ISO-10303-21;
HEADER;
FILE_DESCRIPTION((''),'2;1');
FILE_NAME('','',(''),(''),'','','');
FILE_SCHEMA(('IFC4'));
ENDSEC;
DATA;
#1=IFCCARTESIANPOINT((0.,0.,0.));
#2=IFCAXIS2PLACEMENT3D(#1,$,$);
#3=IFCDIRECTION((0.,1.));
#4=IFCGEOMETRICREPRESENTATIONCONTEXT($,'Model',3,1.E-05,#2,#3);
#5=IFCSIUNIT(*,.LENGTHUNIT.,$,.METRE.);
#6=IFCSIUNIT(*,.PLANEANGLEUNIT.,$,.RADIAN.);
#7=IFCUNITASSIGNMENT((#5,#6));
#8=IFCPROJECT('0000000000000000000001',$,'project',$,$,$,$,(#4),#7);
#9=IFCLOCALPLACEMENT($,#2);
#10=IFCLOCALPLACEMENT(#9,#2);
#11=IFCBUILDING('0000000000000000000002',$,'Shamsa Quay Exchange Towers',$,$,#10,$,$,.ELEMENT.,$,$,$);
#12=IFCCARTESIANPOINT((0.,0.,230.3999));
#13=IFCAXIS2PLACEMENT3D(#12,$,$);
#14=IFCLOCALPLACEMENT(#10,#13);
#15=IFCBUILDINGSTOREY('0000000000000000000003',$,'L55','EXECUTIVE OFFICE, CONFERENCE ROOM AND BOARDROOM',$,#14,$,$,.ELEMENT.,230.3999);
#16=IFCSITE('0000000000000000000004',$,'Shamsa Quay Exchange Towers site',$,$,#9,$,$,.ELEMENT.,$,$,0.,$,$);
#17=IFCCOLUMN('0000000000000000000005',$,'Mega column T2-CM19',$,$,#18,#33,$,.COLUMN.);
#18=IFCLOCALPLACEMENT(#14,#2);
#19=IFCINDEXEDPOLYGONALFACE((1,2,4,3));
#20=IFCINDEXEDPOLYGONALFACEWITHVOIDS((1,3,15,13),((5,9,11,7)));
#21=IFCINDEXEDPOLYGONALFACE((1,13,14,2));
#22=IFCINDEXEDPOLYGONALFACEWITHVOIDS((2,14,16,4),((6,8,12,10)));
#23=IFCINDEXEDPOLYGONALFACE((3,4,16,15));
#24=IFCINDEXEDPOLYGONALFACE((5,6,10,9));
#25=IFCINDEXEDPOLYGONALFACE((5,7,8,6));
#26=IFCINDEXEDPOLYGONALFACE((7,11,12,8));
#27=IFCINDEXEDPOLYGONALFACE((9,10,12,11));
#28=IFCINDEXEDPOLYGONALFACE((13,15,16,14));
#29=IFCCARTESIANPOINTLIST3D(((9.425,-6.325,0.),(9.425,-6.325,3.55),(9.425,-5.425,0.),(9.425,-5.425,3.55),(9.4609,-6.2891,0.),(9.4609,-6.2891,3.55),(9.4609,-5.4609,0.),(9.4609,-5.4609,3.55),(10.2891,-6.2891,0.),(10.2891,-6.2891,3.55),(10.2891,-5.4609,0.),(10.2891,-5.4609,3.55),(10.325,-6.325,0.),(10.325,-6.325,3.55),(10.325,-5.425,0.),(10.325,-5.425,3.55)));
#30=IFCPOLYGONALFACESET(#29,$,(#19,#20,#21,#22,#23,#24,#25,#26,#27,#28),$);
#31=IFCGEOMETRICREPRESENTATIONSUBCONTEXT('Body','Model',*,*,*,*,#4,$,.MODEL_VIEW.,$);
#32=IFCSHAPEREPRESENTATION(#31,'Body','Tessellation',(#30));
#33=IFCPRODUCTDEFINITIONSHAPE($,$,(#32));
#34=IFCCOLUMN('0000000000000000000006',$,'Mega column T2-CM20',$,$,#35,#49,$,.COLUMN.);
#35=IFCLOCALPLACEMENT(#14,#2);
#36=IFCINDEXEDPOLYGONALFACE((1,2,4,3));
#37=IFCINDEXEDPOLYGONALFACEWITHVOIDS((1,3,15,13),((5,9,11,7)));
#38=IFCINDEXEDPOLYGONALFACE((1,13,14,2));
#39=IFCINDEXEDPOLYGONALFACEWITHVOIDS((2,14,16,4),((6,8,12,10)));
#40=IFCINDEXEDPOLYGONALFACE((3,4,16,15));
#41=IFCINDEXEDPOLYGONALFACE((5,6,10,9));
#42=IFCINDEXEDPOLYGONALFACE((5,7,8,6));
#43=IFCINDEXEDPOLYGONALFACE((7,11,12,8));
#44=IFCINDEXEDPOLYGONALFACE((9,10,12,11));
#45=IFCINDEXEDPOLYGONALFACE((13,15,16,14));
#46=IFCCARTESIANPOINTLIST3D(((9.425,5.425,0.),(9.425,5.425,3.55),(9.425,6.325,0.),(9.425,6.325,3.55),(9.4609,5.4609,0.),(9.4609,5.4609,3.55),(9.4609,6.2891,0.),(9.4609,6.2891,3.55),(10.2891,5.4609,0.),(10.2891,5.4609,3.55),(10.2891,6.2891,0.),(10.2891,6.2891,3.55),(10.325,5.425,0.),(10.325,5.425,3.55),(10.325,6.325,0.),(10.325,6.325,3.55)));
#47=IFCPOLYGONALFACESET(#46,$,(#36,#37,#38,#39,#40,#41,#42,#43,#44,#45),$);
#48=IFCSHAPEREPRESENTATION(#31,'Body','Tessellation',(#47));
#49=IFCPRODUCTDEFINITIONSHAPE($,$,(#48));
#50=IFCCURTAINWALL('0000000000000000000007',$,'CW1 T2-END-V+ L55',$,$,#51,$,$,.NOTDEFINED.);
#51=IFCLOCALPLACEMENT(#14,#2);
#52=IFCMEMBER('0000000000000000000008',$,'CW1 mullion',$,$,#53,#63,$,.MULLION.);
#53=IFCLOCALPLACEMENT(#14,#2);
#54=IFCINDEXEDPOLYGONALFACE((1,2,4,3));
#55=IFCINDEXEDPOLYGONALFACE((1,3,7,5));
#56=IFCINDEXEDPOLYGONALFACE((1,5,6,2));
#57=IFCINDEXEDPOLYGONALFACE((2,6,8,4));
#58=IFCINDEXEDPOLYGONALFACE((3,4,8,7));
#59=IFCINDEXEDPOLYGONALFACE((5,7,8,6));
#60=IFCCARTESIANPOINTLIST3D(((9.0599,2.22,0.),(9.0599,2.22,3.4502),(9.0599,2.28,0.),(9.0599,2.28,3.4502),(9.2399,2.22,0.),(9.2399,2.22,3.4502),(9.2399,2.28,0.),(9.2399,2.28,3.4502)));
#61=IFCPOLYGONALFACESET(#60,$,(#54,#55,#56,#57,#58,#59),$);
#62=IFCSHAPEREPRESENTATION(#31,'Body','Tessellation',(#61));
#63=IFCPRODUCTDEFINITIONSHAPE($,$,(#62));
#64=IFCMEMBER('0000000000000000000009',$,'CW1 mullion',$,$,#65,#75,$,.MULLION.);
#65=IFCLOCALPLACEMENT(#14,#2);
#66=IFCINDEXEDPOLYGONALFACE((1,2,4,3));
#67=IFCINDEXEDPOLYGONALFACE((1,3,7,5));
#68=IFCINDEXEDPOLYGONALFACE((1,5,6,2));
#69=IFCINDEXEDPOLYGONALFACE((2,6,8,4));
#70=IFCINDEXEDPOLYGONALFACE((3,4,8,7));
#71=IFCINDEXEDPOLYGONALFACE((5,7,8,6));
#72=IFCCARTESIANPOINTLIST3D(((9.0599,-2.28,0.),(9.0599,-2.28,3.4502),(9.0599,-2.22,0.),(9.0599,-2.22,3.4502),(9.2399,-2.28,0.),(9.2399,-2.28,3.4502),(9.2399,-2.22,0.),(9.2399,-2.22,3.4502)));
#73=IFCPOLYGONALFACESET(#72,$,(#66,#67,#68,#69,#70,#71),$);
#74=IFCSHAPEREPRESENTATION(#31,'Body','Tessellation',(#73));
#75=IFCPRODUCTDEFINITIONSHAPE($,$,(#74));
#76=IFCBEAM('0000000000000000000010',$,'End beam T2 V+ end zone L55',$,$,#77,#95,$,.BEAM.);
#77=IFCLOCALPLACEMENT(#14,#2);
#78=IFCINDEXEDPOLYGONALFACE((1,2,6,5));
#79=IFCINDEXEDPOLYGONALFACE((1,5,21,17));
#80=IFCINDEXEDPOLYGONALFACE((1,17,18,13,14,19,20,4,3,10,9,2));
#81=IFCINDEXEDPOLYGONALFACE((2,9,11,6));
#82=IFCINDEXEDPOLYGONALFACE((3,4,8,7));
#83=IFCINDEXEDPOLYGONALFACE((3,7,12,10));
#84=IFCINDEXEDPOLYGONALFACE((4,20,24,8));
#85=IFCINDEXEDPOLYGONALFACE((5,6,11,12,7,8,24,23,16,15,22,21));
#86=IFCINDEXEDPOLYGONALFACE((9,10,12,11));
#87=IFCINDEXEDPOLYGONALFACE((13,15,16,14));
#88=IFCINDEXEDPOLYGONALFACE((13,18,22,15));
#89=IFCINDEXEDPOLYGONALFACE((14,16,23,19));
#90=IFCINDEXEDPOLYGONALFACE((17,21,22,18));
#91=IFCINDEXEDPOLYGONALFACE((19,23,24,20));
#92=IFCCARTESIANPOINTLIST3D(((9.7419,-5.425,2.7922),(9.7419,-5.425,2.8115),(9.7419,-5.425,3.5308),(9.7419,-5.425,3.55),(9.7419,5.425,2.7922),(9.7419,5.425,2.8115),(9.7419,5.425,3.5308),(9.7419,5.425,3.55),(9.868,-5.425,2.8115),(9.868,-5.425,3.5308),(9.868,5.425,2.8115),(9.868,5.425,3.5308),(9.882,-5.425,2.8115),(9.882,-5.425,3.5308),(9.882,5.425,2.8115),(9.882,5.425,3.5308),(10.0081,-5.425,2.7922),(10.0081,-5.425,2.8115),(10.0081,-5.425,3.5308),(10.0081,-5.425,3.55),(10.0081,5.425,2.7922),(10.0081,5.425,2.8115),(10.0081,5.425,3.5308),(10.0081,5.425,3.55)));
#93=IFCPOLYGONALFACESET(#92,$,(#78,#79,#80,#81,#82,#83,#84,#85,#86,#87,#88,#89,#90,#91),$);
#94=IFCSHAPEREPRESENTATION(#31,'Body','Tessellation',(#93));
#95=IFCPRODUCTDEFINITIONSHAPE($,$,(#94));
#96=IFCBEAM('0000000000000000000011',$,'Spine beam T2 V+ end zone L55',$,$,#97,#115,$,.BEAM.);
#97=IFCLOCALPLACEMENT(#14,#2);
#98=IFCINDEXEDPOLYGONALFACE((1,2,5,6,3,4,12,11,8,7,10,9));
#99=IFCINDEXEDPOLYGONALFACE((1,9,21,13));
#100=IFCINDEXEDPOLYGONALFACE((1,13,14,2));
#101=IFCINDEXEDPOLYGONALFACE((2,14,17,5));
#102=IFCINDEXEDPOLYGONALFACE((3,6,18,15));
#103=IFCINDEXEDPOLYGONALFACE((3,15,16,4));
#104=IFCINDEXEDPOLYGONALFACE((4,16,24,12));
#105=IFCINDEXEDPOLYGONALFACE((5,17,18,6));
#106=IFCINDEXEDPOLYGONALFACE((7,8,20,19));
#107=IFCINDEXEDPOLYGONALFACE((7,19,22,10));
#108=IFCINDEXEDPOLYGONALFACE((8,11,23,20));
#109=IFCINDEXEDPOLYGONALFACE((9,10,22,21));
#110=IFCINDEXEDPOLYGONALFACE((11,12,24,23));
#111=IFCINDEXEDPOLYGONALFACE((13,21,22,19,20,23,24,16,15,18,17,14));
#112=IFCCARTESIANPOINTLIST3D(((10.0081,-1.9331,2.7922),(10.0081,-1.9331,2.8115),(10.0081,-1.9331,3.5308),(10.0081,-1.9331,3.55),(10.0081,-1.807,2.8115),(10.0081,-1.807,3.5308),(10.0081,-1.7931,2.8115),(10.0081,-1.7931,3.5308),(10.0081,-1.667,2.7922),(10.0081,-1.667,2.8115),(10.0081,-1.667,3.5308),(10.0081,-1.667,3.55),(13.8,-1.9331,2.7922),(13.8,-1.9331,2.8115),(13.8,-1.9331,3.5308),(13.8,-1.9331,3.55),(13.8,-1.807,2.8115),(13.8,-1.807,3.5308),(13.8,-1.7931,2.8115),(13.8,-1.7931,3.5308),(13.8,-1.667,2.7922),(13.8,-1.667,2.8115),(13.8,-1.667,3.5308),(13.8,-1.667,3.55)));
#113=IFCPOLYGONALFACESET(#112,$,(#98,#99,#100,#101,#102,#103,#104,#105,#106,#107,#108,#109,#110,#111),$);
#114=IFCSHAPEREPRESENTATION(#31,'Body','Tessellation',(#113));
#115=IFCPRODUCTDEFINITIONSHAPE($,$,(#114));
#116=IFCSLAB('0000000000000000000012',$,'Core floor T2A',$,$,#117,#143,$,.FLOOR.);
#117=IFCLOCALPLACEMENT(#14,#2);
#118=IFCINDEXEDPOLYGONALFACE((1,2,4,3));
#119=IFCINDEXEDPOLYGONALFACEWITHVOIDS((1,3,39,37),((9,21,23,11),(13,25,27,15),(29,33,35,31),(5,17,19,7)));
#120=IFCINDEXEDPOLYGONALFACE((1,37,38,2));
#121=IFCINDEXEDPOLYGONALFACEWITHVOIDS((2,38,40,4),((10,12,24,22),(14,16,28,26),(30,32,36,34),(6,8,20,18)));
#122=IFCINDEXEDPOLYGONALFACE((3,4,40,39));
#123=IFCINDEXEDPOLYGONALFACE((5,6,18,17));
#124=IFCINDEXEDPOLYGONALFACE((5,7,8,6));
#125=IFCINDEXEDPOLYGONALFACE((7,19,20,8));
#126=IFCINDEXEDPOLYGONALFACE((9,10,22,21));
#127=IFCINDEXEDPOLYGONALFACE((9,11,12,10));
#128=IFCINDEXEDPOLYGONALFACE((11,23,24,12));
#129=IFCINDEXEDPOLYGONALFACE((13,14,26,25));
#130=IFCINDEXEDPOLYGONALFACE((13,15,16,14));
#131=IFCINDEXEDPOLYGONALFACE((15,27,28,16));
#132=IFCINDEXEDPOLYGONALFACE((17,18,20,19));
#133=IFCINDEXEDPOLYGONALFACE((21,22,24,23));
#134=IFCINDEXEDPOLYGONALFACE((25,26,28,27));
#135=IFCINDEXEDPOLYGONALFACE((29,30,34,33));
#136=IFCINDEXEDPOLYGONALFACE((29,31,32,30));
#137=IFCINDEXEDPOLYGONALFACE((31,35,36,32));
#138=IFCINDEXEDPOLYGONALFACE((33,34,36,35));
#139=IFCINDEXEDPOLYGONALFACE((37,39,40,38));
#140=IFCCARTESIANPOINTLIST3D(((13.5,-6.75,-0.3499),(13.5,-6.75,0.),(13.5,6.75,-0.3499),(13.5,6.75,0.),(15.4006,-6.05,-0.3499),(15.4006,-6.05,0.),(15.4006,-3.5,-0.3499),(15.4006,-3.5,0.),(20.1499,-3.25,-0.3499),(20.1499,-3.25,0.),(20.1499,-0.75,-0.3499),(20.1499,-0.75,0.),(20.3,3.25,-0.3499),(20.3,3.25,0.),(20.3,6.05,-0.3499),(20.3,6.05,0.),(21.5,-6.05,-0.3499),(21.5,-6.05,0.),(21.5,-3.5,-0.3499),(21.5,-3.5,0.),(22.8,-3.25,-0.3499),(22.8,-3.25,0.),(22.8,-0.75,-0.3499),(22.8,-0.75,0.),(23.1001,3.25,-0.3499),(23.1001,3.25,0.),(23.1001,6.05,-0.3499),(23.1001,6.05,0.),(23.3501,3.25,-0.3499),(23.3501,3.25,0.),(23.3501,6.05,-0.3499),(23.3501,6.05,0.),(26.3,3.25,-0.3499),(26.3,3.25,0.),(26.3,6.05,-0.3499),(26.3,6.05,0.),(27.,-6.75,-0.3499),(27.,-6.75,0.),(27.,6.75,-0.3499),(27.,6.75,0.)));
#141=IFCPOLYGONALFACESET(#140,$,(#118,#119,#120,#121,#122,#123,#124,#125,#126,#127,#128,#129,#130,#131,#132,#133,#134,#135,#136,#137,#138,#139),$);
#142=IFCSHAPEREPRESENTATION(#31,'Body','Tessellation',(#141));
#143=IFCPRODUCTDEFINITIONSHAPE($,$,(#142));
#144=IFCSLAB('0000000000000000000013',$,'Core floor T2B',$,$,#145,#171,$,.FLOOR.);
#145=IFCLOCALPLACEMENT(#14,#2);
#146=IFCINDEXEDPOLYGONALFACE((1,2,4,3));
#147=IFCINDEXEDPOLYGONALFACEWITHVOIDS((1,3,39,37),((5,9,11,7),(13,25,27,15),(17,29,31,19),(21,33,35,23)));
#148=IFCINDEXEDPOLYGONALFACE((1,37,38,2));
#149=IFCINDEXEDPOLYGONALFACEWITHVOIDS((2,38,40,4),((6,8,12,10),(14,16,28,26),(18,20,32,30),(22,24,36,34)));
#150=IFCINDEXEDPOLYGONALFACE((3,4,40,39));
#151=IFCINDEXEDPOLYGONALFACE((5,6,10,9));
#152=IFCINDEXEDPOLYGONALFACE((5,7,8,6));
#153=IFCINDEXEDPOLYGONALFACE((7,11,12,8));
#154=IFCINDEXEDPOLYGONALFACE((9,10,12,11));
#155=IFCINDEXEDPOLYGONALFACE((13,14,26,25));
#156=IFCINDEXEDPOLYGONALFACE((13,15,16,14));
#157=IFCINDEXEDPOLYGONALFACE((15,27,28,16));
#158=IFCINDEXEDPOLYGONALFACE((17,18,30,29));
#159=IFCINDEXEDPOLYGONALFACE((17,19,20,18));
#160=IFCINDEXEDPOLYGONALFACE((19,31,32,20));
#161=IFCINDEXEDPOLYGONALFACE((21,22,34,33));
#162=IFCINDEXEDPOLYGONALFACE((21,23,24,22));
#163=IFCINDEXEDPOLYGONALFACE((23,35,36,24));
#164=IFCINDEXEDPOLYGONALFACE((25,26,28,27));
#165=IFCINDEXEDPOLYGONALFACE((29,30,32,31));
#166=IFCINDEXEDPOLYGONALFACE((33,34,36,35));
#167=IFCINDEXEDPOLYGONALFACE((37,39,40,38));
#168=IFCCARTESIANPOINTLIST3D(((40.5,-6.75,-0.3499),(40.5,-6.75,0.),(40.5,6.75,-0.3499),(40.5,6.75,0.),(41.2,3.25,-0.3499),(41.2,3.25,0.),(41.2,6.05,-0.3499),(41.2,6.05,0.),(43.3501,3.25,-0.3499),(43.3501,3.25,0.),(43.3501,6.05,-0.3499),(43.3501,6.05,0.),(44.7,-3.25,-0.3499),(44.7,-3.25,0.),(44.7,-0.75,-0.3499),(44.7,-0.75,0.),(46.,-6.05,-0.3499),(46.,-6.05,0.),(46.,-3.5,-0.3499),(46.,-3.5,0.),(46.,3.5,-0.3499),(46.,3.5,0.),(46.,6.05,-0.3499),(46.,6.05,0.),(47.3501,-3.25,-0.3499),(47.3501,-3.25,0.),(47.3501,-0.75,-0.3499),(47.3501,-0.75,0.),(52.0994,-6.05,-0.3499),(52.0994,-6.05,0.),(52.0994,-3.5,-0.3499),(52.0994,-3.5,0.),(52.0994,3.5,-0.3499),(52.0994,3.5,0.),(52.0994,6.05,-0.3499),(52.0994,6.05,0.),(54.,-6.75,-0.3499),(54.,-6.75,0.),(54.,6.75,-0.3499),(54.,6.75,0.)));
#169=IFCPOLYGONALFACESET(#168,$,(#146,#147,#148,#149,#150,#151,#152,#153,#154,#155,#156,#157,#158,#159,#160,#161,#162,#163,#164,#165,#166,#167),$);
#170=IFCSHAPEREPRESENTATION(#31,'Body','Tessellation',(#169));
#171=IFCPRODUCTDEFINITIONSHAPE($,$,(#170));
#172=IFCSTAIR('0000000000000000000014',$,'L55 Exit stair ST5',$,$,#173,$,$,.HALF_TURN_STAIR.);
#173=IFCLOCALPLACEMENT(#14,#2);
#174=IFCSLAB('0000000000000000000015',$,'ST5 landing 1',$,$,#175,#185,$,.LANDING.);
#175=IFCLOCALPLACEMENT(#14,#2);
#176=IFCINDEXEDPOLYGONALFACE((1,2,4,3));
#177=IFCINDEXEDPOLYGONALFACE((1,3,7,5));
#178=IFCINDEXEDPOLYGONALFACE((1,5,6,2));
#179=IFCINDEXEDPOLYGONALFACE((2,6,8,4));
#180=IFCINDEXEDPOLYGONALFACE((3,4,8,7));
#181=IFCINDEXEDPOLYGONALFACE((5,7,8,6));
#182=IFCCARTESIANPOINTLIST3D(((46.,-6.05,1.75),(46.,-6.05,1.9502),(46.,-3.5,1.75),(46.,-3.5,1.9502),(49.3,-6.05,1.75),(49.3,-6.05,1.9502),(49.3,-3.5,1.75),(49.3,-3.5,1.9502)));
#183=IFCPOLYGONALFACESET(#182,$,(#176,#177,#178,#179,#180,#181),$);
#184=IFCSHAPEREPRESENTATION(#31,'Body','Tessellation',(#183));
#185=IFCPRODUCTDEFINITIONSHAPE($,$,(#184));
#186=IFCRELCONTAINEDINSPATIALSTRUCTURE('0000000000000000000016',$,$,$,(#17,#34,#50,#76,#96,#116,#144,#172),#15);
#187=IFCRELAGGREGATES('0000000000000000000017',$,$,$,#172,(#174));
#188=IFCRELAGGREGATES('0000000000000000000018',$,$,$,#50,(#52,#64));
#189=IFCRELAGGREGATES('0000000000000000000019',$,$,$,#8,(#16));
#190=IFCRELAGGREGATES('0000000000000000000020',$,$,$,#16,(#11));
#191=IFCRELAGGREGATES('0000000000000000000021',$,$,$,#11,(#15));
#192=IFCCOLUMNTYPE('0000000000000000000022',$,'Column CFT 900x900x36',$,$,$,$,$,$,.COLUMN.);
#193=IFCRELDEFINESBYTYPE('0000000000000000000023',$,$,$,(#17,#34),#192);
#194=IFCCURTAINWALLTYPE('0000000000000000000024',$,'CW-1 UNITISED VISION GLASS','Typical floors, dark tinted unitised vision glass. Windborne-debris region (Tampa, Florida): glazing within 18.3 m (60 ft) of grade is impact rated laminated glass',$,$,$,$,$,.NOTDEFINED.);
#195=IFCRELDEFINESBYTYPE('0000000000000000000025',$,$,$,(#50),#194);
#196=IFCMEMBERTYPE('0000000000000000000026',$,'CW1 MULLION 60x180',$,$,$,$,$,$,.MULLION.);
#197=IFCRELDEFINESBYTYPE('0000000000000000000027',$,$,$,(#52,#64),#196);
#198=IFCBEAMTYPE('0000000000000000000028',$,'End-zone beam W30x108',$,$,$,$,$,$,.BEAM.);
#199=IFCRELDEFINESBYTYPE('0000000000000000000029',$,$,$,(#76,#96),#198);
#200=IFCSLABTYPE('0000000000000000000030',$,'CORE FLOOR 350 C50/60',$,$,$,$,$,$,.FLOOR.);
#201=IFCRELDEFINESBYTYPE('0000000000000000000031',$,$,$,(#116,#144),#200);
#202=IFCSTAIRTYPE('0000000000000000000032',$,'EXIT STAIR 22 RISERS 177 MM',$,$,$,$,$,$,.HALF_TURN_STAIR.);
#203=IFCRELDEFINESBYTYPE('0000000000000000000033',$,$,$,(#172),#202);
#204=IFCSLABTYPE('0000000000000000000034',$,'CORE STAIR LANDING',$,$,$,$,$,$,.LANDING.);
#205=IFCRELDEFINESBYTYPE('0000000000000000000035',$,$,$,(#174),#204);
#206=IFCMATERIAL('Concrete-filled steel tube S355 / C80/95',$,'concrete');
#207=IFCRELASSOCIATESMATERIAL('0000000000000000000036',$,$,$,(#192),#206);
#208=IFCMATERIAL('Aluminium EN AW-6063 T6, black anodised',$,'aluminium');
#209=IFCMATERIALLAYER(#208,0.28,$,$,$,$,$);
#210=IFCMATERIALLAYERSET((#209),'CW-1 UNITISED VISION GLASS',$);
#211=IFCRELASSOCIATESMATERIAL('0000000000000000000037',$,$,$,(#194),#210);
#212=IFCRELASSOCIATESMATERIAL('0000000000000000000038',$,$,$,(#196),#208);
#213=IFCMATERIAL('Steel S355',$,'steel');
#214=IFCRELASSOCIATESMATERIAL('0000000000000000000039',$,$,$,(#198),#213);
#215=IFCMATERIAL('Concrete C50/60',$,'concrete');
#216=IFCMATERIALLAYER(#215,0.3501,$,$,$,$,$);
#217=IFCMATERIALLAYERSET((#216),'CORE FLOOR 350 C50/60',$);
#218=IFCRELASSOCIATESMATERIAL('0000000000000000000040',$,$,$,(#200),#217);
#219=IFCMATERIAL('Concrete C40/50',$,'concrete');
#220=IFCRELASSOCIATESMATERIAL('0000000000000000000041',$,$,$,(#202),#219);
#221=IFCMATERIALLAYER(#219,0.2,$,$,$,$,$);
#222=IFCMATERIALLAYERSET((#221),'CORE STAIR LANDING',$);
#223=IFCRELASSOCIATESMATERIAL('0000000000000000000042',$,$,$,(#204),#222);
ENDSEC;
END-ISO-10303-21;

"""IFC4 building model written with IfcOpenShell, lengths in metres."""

from ifc_helpers import new_model, si_unit, direction, frame, origin, origin_2d, place, context, subcontext, project, spatial, polyline, rectangle, hollow_rectangle, i_section, outline, extrude, material, layer, layer_set, material_profile, profile_set, type_object, element, aggregate, save


model = new_model("IFC4")

# Units and contexts
model_context = context("Model", 3, precision=1e-05, world=origin(), true_north=direction((0.0, 1.0)))
body_context = subcontext(model_context, "Body", "Model", "MODEL_VIEW")
ifc_project = project(units=[si_unit("LENGTHUNIT", "METRE"), si_unit("PLANEANGLEUNIT", "RADIAN")], contexts=[model_context])

# Site, building, storey
site_placement = place(None, origin())
site = spatial("IfcSite", under=ifc_project, at=site_placement, Name="Shamsa Quay Exchange Towers site", CompositionType="ELEMENT", RefElevation=0.0)
building_placement = place(site_placement, origin())
building = spatial("IfcBuilding", under=site, at=building_placement, Name="Shamsa Quay Exchange Towers", CompositionType="ELEMENT")
storey_placement = place(building_placement, frame((0.0, 0.0, 230.3999)))
storey = spatial("IfcBuildingStorey", under=building, at=storey_placement, Name="L55", Description="EXECUTIVE OFFICE, CONFERENCE ROOM AND BOARDROOM", CompositionType="ELEMENT", Elevation=230.3999)

# Columns
ifc_material_1 = material(Name="Concrete-filled steel tube S355 / C80/95", Category="concrete")
ifc_material_profile_1 = material_profile(ifc_material_1, hollow_rectangle(XDim=0.8999, YDim=0.8999, WallThickness=0.0359, at=origin_2d()), Name="CFT 900x900x36")
ifc_profile_set_1 = profile_set([ifc_material_profile_1], Name="Concrete-filled steel tube S355 / C80/95")
column_type = type_object("IfcColumnType", Name="Column CFT 900x900x36", PredefinedType="COLUMN", material=ifc_profile_set_1)
for number, where, name in (
    (1, (9.875, -5.875, 0.0), "Mega column T2-CM19"),
    (2, (9.875, 5.875, 0.0), "Mega column T2-CM20"),
):
    element("IfcColumn", number, at=place(storey_placement, frame(where)), inside=storey, type_object=column_type, Name=name, PredefinedType="COLUMN", context=body_context, shape_type="SweptSolid", body=[
        extrude(hollow_rectangle(XDim=0.8999, YDim=0.8999, WallThickness=0.0359, at=origin_2d()), origin(), (0.0, 0.0, 1.0), 3.55),
    ])

# Curtain wall, members
ifc_material_2 = material(Name="Aluminium EN AW-6063 T6, black anodised", Category="aluminium")
ifc_layer_1 = layer(ifc_material_2, 0.28)
ifc_layer_set_1 = layer_set([ifc_layer_1], Name="CW-1 UNITISED VISION GLASS")
curtain_wall_type_1 = type_object("IfcCurtainWallType", Name="CW-1 UNITISED VISION GLASS", Description="Typical floors, dark tinted unitised vision glass. Windborne-debris region (Tampa, Florida): glazing within 18.3 m (60 ft) of grade is impact rated laminated glass", PredefinedType="NOTDEFINED", material=ifc_layer_set_1)
curtain_wall_1_placement = place(storey_placement, origin())
curtain_wall_1 = element("IfcCurtainWall", 3, at=curtain_wall_1_placement, inside=storey, type_object=curtain_wall_type_1, Name="CW1 T2-END-V+ L55", PredefinedType="NOTDEFINED")
ifc_material_profile_2 = material_profile(ifc_material_2, rectangle(XDim=0.1799, YDim=0.0601, at=origin_2d()), Name="MU60x180")
ifc_profile_set_2 = profile_set([ifc_material_profile_2], Name="Aluminium EN AW-6063 T6, black anodised")
member_type = type_object("IfcMemberType", Name="CW1 MULLION 60x180", PredefinedType="MULLION", material=ifc_profile_set_2)
member_1_placement = place(storey_placement, frame((9.1499, 2.25, 0.0)))
member_1 = element("IfcMember", 4, at=member_1_placement, type_object=member_type, Name="CW1 mullion", PredefinedType="MULLION", context=body_context, shape_type="SweptSolid", body=[
    extrude(rectangle(XDim=0.1799, YDim=0.0601, at=origin_2d()), origin(), (0.0, 0.0, 1.0), 3.4502),
])
member_2_placement = place(storey_placement, frame((9.1499, -2.25, 0.0)))
member_2 = element("IfcMember", 5, at=member_2_placement, type_object=member_type, Name="CW1 mullion", PredefinedType="MULLION", context=body_context, shape_type="SweptSolid", body=[
    extrude(rectangle(XDim=0.1799, YDim=0.0601, at=origin_2d()), origin(), (0.0, 0.0, 1.0), 3.4502),
])

# Beams
ifc_material_3 = material(Name="Steel S355", Category="steel")
ifc_material_profile_3 = material_profile(ifc_material_3, i_section(OverallWidth=0.2661, OverallDepth=0.7578, WebThickness=0.0139, FlangeThickness=0.0193, at=origin_2d()), Name="W30x108")
ifc_profile_set_3 = profile_set([ifc_material_profile_3], Name="Steel S355")
beam_type = type_object("IfcBeamType", Name="End-zone beam W30x108", PredefinedType="BEAM", material=ifc_profile_set_3)
beam_1_placement = place(storey_placement, frame((9.875, -5.425, 3.1711), z_axis=(0.0, 1.0, 0.0), x_axis=(-1.0, 0.0, 0.0)))
element("IfcBeam", 6, at=beam_1_placement, inside=storey, type_object=beam_type, Name="End beam T2 V+ end zone L55", PredefinedType="BEAM", context=body_context, shape_type="SweptSolid", body=[
    extrude(i_section(OverallWidth=0.2661, OverallDepth=0.7578, WebThickness=0.0139, FlangeThickness=0.0193, at=origin_2d()), origin(), (0.0, 0.0, 1.0), 10.8501),
])
beam_2_placement = place(storey_placement, frame((13.8, -1.8, 3.1711), z_axis=(-1.0, 0.0, 0.0), x_axis=(0.0, -1.0, 0.0)))
element("IfcBeam", 7, at=beam_2_placement, inside=storey, type_object=beam_type, Name="Spine beam T2 V+ end zone L55", PredefinedType="BEAM", context=body_context, shape_type="SweptSolid", body=[
    extrude(i_section(OverallWidth=0.2661, OverallDepth=0.7578, WebThickness=0.0139, FlangeThickness=0.0193, at=origin_2d()), origin(), (0.0, 0.0, 1.0), 3.792),
])

# Slabs
ifc_material_4 = material(Name="Concrete C50/60", Category="concrete")
ifc_layer_2 = layer(ifc_material_4, 0.3501)
ifc_layer_set_2 = layer_set([ifc_layer_2], Name="CORE FLOOR 350 C50/60")
slab_type_1 = type_object("IfcSlabType", Name="CORE FLOOR 350 C50/60", PredefinedType="FLOOR", material=ifc_layer_set_2)
slab_1_placement = place(storey_placement, frame((0.0, 0.0, -0.3499)))
element("IfcSlab", 8, at=slab_1_placement, inside=storey, type_object=slab_type_1, Name="Core floor T2A", PredefinedType="FLOOR", context=body_context, shape_type="SweptSolid", body=[
    extrude(outline(polyline([(13.5, -6.75), (27.0, -6.75), (27.0, 6.75), (13.5, 6.75), (13.5, -6.75)]), holes=[polyline([(15.4006, -6.05), (15.4006, -3.5), (21.5, -3.5), (21.5, -6.05), (15.4006, -6.05)]), polyline([(20.3, 3.25), (20.3, 6.05), (23.1001, 6.05), (23.1001, 3.25), (20.3, 3.25)]), polyline([(23.3501, 3.25), (23.3501, 6.05), (26.3, 6.05), (26.3, 3.25), (23.3501, 3.25)]), polyline([(20.1499, -3.25), (20.1499, -0.75), (22.8, -0.75), (22.8, -3.25), (20.1499, -3.25)])]), origin(), (0.0, 0.0, 1.0), 0.3499),
])
slab_2_placement = place(storey_placement, frame((0.0, 0.0, -0.3499)))
element("IfcSlab", 9, at=slab_2_placement, inside=storey, type_object=slab_type_1, Name="Core floor T2B", PredefinedType="FLOOR", context=body_context, shape_type="SweptSolid", body=[
    extrude(outline(polyline([(54.0, -6.75), (54.0, 6.75), (40.5, 6.75), (40.5, -6.75), (54.0, -6.75)]), holes=[polyline([(52.0994, -3.5), (52.0994, -6.05), (46.0, -6.05), (46.0, -3.5), (52.0994, -3.5)]), polyline([(52.0994, 6.05), (52.0994, 3.5), (46.0, 3.5), (46.0, 6.05), (52.0994, 6.05)]), polyline([(43.3501, 3.25), (41.2, 3.25), (41.2, 6.05), (43.3501, 6.05), (43.3501, 3.25)]), polyline([(47.3501, -3.25), (44.7, -3.25), (44.7, -0.75), (47.3501, -0.75), (47.3501, -3.25)])]), origin(), (0.0, 0.0, 1.0), 0.3499),
])

# Stair, slab
ifc_material_5 = material(Name="Concrete C40/50", Category="concrete")
stair_type = type_object("IfcStairType", Name="EXIT STAIR 22 RISERS 177 MM", PredefinedType="HALF_TURN_STAIR", material=ifc_material_5)
stair_1_placement = place(storey_placement, origin())
stair_1 = element("IfcStair", 10, at=stair_1_placement, inside=storey, type_object=stair_type, Name="L55 Exit stair ST5", PredefinedType="HALF_TURN_STAIR")
ifc_layer_3 = layer(ifc_material_5, 0.2)
ifc_layer_set_3 = layer_set([ifc_layer_3], Name="CORE STAIR LANDING")
slab_type_2 = type_object("IfcSlabType", Name="CORE STAIR LANDING", PredefinedType="LANDING", material=ifc_layer_set_3)
slab_3_placement = place(storey_placement, frame((0.0, 0.0, 1.75)))
slab_3 = element("IfcSlab", 11, at=slab_3_placement, type_object=slab_type_2, Name="ST5 landing 1", PredefinedType="LANDING", context=body_context, shape_type="SweptSolid", body=[
    extrude(outline(polyline([(49.3, -3.5), (46.0, -3.5), (46.0, -6.05), (49.3, -6.05), (49.3, -3.5)])), origin(), (0.0, 0.0, 1.0), 0.2002),
])
aggregate(stair_1, [slab_3])

aggregate(curtain_wall_1, [member_1, member_2])

save(model, "model.ifc")
